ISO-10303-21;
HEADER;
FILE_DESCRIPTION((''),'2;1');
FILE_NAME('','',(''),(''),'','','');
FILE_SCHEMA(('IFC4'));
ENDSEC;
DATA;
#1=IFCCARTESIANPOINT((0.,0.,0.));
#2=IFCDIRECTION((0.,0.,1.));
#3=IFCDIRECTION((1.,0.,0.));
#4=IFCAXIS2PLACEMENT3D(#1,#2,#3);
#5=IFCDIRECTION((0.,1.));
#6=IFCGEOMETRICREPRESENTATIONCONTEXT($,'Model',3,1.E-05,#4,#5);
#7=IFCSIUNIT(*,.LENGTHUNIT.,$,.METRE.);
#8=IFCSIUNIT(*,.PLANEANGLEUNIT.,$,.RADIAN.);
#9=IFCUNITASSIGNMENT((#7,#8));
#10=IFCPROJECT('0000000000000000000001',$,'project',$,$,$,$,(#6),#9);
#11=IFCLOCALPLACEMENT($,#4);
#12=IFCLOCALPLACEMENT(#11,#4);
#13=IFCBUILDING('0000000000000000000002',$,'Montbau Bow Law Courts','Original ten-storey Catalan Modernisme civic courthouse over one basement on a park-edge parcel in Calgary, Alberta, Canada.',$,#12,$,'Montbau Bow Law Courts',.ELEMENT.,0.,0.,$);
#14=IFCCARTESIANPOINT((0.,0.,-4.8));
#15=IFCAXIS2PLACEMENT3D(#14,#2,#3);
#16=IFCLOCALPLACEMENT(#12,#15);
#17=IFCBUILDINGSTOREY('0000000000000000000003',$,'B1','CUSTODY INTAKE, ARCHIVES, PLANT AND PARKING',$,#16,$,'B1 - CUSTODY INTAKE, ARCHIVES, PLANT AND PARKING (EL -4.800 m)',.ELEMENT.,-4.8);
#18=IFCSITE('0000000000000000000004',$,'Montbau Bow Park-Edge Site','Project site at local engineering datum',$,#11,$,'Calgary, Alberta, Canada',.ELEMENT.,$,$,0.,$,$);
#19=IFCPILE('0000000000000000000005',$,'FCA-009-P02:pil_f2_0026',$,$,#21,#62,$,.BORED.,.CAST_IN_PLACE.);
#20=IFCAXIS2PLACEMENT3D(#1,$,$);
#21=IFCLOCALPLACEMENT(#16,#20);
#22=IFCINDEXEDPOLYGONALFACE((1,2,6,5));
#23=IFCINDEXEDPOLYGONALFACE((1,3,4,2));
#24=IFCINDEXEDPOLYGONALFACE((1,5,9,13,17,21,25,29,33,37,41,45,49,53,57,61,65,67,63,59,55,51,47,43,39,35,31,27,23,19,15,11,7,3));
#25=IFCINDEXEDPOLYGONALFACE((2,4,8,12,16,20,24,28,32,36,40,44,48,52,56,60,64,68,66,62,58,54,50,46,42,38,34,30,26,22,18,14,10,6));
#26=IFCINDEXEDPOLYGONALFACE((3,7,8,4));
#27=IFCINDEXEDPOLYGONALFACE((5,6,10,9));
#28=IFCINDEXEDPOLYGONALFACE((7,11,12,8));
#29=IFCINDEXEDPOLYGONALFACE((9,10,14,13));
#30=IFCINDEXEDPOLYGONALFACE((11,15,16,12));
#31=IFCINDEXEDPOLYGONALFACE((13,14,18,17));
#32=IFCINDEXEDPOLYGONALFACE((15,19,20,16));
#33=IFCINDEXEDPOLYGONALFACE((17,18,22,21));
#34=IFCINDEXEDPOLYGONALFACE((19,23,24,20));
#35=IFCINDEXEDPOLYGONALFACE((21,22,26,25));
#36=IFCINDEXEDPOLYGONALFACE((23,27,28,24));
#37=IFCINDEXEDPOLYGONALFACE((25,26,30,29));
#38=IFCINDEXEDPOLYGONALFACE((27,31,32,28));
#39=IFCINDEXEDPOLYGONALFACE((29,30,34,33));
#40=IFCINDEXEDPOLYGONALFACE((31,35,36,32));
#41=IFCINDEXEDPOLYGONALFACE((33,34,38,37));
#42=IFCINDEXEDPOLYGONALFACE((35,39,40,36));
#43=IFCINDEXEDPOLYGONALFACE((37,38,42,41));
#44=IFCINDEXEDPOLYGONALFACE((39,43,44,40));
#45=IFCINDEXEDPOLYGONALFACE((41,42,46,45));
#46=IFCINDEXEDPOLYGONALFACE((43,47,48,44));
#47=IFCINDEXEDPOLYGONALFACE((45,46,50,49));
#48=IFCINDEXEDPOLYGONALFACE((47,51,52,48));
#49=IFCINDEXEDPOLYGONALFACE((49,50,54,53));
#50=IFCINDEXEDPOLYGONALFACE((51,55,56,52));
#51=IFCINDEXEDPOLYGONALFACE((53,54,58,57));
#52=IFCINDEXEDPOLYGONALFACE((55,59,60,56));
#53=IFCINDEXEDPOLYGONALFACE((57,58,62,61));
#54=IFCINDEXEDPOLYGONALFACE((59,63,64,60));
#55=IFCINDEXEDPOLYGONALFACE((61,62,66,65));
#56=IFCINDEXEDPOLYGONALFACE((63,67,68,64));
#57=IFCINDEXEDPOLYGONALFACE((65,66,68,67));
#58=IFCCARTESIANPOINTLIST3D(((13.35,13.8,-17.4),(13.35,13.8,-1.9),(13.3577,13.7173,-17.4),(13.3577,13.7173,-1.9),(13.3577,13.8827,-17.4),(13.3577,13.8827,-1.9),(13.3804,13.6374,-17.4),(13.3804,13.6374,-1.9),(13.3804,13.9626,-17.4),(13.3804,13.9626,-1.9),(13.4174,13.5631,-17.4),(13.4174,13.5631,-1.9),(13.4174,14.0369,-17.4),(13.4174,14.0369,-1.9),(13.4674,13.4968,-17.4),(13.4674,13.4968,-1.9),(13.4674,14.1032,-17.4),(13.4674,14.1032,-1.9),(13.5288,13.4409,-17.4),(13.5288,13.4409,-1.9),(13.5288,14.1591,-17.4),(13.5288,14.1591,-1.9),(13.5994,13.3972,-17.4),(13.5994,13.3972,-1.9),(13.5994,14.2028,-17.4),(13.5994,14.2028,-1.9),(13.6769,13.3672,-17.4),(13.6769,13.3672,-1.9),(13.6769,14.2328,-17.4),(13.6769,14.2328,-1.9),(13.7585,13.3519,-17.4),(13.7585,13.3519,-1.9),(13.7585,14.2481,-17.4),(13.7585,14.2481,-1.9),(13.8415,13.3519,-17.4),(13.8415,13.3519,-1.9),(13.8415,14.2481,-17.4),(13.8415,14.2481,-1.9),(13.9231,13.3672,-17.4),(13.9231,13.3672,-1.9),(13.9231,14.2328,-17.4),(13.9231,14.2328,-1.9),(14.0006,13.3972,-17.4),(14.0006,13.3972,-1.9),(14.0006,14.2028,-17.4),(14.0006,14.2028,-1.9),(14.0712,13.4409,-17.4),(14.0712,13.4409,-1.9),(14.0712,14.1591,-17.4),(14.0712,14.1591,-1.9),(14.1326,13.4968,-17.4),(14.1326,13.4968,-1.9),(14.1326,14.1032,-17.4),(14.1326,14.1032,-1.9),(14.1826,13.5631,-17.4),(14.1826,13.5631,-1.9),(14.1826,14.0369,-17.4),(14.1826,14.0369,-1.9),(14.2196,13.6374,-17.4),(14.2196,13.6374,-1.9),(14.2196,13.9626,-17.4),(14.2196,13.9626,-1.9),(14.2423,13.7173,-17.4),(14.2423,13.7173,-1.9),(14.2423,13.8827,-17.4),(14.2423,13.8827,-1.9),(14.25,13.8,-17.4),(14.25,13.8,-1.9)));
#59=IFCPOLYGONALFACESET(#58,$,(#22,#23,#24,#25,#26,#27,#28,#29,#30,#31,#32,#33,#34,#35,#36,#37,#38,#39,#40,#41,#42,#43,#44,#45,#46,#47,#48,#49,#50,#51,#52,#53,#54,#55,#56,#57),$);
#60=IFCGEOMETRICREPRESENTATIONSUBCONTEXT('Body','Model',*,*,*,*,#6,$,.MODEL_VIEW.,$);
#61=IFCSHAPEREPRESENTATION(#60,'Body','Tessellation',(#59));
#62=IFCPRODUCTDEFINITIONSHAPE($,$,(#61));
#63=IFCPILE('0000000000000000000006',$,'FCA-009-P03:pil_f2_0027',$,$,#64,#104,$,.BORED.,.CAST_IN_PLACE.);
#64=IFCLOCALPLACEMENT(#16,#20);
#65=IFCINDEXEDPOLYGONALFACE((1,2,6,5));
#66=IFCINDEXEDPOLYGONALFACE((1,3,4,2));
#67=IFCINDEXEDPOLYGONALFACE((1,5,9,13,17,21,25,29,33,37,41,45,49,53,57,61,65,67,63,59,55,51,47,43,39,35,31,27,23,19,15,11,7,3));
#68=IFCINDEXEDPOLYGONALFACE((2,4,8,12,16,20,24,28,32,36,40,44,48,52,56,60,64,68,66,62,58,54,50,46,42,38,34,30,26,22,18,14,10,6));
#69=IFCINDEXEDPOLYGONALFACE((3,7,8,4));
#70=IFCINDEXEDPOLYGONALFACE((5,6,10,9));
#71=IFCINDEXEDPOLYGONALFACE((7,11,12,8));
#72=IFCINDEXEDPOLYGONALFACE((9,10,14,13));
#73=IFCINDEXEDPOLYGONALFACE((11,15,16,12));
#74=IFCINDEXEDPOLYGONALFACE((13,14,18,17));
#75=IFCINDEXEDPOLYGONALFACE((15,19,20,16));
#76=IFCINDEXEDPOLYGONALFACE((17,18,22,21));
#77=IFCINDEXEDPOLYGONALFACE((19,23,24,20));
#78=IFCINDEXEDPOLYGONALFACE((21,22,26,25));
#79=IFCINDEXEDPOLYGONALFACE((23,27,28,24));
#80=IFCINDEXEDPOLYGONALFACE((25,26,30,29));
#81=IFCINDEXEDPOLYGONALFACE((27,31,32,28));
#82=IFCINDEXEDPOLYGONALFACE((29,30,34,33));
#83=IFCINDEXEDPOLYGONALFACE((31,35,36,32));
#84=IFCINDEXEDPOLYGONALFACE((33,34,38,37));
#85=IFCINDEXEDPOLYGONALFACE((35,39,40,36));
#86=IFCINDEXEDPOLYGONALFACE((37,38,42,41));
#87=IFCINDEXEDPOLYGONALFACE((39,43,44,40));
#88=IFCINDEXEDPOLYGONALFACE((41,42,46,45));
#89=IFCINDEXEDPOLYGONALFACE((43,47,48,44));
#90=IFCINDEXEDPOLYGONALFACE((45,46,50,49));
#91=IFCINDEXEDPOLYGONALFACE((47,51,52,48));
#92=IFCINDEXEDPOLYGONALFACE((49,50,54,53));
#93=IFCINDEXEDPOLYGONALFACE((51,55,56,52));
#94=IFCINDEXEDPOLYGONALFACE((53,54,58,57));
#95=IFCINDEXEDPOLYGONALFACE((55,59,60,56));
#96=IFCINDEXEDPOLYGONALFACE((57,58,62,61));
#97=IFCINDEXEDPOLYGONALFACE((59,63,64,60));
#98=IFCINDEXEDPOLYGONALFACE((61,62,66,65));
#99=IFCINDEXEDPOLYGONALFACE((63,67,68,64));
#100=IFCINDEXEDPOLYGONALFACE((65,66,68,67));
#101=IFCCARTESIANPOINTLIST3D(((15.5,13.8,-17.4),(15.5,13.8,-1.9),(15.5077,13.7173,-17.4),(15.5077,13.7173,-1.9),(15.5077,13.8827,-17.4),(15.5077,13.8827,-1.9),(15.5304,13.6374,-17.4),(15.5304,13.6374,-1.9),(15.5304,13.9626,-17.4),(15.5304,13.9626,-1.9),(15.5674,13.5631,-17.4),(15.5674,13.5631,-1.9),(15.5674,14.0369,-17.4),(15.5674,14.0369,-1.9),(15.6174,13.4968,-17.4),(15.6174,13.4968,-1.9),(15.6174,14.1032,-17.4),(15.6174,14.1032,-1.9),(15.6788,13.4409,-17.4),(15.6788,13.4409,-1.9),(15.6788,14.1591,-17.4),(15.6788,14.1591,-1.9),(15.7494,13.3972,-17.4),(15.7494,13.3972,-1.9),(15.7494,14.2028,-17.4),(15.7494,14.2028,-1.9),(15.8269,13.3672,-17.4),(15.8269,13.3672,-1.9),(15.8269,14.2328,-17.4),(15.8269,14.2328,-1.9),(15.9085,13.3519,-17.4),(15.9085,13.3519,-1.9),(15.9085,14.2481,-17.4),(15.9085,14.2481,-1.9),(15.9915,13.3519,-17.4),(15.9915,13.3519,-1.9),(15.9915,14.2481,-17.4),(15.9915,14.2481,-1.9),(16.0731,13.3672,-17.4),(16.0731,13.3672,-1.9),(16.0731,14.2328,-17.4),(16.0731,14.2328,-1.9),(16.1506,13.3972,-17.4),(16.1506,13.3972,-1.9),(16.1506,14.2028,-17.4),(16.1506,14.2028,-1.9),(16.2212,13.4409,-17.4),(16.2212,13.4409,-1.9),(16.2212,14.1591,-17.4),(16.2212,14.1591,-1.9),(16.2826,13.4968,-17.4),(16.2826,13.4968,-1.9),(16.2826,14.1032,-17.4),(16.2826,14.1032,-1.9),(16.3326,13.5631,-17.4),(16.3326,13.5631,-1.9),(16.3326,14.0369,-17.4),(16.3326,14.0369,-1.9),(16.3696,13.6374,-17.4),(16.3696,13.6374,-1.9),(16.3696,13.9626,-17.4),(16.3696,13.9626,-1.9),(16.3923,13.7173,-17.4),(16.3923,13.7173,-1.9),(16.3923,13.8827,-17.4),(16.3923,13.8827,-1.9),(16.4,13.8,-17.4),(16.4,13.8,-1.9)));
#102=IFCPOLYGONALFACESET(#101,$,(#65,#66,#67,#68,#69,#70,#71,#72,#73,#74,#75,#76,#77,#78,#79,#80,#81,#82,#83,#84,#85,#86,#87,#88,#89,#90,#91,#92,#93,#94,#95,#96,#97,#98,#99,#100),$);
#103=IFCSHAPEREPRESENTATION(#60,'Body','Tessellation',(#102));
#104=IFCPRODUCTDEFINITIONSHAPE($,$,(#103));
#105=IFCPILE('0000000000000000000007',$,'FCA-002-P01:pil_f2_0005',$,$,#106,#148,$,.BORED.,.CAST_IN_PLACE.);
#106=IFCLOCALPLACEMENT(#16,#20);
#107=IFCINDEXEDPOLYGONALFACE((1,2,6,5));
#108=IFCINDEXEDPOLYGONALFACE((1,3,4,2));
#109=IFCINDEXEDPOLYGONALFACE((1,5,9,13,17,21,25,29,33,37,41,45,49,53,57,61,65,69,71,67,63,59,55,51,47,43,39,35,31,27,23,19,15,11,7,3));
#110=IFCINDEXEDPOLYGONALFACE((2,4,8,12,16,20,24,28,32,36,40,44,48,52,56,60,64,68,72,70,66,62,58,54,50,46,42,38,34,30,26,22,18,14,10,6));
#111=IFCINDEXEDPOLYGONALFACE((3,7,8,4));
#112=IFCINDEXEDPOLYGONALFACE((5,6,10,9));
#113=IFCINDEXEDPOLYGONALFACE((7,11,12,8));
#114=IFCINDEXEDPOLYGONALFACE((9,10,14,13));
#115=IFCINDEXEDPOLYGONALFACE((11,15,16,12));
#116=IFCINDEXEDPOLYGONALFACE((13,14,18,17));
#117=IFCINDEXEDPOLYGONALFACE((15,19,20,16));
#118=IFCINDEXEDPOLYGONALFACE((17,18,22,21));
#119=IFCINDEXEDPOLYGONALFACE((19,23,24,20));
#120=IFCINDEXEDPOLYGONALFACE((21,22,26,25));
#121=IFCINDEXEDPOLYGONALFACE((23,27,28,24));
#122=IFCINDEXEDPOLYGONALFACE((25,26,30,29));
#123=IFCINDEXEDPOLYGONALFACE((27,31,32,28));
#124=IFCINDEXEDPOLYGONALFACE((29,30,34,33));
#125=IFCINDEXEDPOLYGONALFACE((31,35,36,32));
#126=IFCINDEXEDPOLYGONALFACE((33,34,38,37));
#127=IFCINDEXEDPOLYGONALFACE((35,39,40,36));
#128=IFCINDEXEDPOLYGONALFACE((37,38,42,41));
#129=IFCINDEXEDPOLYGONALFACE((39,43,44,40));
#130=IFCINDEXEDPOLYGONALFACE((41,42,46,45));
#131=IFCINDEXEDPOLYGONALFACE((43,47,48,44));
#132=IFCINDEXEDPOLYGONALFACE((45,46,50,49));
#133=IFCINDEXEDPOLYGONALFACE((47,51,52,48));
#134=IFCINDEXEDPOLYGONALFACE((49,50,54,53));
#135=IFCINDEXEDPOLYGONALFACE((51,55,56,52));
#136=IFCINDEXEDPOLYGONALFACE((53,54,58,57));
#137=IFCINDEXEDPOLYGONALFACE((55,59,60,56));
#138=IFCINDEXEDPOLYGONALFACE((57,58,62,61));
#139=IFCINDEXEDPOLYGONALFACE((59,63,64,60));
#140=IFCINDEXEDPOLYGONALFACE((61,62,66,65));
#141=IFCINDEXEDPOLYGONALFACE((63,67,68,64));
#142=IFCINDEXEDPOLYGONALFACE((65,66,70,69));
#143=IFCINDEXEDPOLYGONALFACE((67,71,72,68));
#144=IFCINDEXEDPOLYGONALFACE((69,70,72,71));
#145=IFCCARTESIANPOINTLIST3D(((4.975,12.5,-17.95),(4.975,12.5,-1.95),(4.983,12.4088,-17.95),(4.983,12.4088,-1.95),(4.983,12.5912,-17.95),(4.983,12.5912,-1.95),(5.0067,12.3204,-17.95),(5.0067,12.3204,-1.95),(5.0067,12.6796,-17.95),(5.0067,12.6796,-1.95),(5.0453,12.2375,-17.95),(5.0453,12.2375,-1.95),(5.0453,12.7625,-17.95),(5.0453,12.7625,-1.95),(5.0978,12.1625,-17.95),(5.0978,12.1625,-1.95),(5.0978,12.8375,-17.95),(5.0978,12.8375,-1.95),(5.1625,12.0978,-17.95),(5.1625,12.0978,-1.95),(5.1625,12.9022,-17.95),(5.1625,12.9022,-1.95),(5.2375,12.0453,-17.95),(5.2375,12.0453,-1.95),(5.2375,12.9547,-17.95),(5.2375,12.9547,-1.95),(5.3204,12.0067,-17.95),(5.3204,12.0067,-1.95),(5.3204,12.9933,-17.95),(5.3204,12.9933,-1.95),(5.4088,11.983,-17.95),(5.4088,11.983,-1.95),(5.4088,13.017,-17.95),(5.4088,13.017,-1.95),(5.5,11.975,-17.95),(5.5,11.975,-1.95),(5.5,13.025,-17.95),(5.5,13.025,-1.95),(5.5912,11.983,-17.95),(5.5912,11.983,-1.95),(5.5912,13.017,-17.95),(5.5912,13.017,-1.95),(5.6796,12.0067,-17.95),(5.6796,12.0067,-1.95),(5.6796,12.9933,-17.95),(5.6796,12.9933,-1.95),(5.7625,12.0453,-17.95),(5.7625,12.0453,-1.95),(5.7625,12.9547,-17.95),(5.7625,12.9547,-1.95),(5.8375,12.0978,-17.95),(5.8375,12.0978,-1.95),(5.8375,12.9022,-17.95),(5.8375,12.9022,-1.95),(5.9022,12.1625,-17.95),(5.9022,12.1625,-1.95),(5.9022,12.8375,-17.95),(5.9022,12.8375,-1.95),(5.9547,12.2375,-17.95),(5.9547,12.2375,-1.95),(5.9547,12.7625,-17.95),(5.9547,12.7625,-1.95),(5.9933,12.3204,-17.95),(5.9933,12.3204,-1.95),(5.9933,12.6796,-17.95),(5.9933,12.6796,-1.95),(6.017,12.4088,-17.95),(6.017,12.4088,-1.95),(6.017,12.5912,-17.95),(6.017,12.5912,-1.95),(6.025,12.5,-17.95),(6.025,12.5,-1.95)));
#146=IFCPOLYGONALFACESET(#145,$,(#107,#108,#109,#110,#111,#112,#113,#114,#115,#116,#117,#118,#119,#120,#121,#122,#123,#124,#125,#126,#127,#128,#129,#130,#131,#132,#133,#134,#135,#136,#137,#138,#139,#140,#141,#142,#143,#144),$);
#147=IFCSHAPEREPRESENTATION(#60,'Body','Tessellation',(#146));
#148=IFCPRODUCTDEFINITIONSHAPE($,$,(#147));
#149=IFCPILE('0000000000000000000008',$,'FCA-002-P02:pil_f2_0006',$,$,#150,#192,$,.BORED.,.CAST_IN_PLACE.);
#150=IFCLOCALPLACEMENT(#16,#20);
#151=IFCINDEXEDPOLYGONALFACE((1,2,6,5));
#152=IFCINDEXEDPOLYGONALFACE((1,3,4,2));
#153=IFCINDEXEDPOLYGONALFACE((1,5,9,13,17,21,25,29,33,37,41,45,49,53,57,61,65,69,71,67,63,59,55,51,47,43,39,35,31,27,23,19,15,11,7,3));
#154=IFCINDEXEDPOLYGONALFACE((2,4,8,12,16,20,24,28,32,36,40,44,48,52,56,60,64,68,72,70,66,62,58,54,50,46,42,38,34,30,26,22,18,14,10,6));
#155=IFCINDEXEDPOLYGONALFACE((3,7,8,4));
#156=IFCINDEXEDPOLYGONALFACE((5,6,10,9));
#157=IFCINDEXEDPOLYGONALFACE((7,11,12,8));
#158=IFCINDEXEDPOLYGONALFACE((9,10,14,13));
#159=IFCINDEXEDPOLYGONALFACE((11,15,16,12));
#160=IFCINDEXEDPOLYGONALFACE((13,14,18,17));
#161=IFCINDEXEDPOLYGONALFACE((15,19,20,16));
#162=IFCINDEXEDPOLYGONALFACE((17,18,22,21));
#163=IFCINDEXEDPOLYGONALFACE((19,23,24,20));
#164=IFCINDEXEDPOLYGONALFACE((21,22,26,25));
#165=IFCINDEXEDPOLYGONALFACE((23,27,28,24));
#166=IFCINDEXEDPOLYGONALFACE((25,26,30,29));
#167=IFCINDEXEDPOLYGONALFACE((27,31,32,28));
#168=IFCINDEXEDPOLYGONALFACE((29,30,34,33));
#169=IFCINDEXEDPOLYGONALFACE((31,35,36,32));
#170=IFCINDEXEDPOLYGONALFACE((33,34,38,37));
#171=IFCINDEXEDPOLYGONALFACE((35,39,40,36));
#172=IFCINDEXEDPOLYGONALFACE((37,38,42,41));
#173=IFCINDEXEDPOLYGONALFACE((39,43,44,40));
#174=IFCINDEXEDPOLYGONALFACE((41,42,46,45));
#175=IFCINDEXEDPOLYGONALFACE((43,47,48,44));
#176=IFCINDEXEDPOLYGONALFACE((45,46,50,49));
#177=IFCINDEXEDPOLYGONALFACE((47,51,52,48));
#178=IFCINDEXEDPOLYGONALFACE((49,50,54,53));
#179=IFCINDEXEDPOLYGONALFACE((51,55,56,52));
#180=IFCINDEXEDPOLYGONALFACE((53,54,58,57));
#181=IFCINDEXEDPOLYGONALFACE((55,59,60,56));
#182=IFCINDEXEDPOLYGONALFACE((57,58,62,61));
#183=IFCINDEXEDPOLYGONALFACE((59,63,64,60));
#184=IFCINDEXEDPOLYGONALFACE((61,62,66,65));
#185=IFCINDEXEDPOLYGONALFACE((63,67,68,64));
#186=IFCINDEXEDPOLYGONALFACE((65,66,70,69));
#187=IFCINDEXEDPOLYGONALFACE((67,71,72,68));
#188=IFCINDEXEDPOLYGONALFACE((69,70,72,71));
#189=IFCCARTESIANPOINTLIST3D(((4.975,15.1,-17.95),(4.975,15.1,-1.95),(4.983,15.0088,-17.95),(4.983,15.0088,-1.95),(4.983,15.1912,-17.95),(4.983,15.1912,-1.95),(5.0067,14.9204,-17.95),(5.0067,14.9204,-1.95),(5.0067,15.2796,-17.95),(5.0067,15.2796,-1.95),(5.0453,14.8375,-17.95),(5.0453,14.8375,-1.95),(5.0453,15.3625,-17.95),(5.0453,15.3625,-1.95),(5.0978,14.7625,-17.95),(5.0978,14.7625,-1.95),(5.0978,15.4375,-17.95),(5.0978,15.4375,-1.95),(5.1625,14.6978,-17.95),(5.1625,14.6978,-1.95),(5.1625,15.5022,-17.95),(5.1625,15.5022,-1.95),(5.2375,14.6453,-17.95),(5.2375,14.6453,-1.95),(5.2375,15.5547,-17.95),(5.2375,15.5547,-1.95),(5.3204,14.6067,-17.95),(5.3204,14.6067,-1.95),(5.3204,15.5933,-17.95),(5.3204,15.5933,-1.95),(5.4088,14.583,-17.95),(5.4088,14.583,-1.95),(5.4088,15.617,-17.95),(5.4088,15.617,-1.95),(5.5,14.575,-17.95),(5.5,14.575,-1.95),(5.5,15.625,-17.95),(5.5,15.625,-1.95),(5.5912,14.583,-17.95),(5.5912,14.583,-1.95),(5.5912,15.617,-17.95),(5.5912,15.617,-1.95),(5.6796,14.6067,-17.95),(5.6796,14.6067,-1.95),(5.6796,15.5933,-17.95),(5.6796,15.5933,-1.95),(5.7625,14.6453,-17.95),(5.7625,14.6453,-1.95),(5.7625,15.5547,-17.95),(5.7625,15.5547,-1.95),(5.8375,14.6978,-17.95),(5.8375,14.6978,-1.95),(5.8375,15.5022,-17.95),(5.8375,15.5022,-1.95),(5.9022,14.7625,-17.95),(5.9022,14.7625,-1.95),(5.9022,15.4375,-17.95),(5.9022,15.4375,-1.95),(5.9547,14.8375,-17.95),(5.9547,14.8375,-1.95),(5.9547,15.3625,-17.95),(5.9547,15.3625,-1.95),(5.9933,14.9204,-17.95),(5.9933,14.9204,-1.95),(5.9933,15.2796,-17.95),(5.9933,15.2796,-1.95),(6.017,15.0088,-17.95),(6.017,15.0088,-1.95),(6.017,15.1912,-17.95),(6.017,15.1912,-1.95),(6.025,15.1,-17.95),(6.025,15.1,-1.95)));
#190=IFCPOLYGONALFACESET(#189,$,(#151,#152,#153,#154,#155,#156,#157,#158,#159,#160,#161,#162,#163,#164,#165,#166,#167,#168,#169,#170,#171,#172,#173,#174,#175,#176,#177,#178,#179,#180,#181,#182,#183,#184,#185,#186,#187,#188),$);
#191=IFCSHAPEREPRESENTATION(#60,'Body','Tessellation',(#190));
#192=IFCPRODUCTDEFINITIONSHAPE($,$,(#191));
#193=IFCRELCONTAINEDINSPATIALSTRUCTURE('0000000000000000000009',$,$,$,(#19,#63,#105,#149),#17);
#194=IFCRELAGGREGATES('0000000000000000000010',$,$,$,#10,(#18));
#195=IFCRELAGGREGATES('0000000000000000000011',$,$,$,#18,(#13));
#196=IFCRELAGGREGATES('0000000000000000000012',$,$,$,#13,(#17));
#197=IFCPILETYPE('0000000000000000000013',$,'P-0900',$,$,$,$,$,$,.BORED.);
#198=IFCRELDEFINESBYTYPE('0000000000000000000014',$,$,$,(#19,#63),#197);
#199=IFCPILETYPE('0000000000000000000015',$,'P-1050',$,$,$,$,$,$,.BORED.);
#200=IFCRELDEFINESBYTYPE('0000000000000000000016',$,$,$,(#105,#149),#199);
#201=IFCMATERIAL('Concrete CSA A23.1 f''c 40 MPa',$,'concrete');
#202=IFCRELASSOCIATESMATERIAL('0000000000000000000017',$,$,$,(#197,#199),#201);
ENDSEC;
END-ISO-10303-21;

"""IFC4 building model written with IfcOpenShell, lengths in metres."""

from ifc_helpers import new_model, si_unit, direction, frame, origin_with_axes, origin_2d_with_axis, place, context, subcontext, project, spatial, circle, extrude, material, material_profile, profile_set, type_object, element, save


model = new_model("IFC4")

# Units and contexts
model_context = context("Model", 3, precision=1e-05, world=origin_with_axes(), true_north=direction((0.0, 1.0)))
body_context = subcontext(model_context, "Body", "Model", "MODEL_VIEW")
ifc_project = project(units=[si_unit("LENGTHUNIT", "METRE"), si_unit("PLANEANGLEUNIT", "RADIAN")], contexts=[model_context])

# Site, building, storey
site_placement = place(None, origin_with_axes())
site = spatial("IfcSite", under=ifc_project, at=site_placement, Name="Montbau Bow Park-Edge Site", Description="Project site at local engineering datum", LongName="Calgary, Alberta, Canada", CompositionType="ELEMENT", RefElevation=0.0)
building_placement = place(site_placement, origin_with_axes())
building = spatial("IfcBuilding", under=site, at=building_placement, Name="Montbau Bow Law Courts", Description="Original ten-storey Catalan Modernisme civic courthouse over one basement on a park-edge parcel in Calgary, Alberta, Canada.", LongName="Montbau Bow Law Courts", CompositionType="ELEMENT", ElevationOfRefHeight=0.0, ElevationOfTerrain=0.0)
storey_placement = place(building_placement, frame((0.0, 0.0, -4.8), z_axis=(0.0, 0.0, 1.0), x_axis=(1.0, 0.0, 0.0)))
storey = spatial("IfcBuildingStorey", under=building, at=storey_placement, Name="B1", Description="CUSTODY INTAKE, ARCHIVES, PLANT AND PARKING", LongName="B1 - CUSTODY INTAKE, ARCHIVES, PLANT AND PARKING (EL -4.800 m)", CompositionType="ELEMENT", Elevation=-4.8)

# Piles
ifc_material_1 = material(Name="Concrete CSA A23.1 f'c 40 MPa", Category="concrete")
ifc_material_profile_1 = material_profile(ifc_material_1, circle(Radius=0.45, at=origin_2d_with_axis()), Name="BP900", Category="Main", Priority=0)
ifc_profile_set_1 = profile_set([ifc_material_profile_1], Name="Concrete CSA A23.1 f'c 40 MPa")
pile_type_1 = type_object("IfcPileType", Name="P-0900", PredefinedType="BORED", material=ifc_profile_set_1)
for number, where, z_axis, x_axis, name in (
    (1, (13.8, 13.8, -22.2), (0.0, 0.0, 1.0), (1.0, 0.0, 0.0), "FCA-009-P02:pil_f2_0026"),
    (2, (15.95, 13.8, -22.2), (0.0, 0.0, 1.0), (1.0, 0.0, 0.0), "FCA-009-P03:pil_f2_0027"),
):
    element("IfcPile", number, at=place(None, frame(where, z_axis=z_axis, x_axis=x_axis)), inside=storey, type_object=pile_type_1, Name=name, ConstructionType="CAST_IN_PLACE", PredefinedType="BORED", context=body_context, shape_type="SweptSolid", body=[
        extrude(circle(Radius=0.45, at=origin_2d_with_axis()), origin_with_axes(), (0.0, 0.0, 1.0), 15.5),
    ])
ifc_material_profile_2 = material_profile(ifc_material_1, circle(Radius=0.525, at=origin_2d_with_axis()), Name="BP1050", Category="Main", Priority=0)
ifc_profile_set_2 = profile_set([ifc_material_profile_2], Name="Concrete CSA A23.1 f'c 40 MPa")
pile_type_2 = type_object("IfcPileType", Name="P-1050", PredefinedType="BORED", material=ifc_profile_set_2)
for number, where, z_axis, x_axis, name in (
    (3, (5.5, 12.5, -22.75), (0.0, 0.0, 1.0), (1.0, 0.0, 0.0), "FCA-002-P01:pil_f2_0005"),
    (4, (5.5, 15.1, -22.75), (0.0, 0.0, 1.0), (1.0, 0.0, 0.0), "FCA-002-P02:pil_f2_0006"),
):
    element("IfcPile", number, at=place(None, frame(where, z_axis=z_axis, x_axis=x_axis)), inside=storey, type_object=pile_type_2, Name=name, ConstructionType="CAST_IN_PLACE", PredefinedType="BORED", context=body_context, shape_type="SweptSolid", body=[
        extrude(circle(Radius=0.525, at=origin_2d_with_axis()), origin_with_axes(), (0.0, 0.0, 1.0), 16.0),
    ])

save(model, "model.ifc")
